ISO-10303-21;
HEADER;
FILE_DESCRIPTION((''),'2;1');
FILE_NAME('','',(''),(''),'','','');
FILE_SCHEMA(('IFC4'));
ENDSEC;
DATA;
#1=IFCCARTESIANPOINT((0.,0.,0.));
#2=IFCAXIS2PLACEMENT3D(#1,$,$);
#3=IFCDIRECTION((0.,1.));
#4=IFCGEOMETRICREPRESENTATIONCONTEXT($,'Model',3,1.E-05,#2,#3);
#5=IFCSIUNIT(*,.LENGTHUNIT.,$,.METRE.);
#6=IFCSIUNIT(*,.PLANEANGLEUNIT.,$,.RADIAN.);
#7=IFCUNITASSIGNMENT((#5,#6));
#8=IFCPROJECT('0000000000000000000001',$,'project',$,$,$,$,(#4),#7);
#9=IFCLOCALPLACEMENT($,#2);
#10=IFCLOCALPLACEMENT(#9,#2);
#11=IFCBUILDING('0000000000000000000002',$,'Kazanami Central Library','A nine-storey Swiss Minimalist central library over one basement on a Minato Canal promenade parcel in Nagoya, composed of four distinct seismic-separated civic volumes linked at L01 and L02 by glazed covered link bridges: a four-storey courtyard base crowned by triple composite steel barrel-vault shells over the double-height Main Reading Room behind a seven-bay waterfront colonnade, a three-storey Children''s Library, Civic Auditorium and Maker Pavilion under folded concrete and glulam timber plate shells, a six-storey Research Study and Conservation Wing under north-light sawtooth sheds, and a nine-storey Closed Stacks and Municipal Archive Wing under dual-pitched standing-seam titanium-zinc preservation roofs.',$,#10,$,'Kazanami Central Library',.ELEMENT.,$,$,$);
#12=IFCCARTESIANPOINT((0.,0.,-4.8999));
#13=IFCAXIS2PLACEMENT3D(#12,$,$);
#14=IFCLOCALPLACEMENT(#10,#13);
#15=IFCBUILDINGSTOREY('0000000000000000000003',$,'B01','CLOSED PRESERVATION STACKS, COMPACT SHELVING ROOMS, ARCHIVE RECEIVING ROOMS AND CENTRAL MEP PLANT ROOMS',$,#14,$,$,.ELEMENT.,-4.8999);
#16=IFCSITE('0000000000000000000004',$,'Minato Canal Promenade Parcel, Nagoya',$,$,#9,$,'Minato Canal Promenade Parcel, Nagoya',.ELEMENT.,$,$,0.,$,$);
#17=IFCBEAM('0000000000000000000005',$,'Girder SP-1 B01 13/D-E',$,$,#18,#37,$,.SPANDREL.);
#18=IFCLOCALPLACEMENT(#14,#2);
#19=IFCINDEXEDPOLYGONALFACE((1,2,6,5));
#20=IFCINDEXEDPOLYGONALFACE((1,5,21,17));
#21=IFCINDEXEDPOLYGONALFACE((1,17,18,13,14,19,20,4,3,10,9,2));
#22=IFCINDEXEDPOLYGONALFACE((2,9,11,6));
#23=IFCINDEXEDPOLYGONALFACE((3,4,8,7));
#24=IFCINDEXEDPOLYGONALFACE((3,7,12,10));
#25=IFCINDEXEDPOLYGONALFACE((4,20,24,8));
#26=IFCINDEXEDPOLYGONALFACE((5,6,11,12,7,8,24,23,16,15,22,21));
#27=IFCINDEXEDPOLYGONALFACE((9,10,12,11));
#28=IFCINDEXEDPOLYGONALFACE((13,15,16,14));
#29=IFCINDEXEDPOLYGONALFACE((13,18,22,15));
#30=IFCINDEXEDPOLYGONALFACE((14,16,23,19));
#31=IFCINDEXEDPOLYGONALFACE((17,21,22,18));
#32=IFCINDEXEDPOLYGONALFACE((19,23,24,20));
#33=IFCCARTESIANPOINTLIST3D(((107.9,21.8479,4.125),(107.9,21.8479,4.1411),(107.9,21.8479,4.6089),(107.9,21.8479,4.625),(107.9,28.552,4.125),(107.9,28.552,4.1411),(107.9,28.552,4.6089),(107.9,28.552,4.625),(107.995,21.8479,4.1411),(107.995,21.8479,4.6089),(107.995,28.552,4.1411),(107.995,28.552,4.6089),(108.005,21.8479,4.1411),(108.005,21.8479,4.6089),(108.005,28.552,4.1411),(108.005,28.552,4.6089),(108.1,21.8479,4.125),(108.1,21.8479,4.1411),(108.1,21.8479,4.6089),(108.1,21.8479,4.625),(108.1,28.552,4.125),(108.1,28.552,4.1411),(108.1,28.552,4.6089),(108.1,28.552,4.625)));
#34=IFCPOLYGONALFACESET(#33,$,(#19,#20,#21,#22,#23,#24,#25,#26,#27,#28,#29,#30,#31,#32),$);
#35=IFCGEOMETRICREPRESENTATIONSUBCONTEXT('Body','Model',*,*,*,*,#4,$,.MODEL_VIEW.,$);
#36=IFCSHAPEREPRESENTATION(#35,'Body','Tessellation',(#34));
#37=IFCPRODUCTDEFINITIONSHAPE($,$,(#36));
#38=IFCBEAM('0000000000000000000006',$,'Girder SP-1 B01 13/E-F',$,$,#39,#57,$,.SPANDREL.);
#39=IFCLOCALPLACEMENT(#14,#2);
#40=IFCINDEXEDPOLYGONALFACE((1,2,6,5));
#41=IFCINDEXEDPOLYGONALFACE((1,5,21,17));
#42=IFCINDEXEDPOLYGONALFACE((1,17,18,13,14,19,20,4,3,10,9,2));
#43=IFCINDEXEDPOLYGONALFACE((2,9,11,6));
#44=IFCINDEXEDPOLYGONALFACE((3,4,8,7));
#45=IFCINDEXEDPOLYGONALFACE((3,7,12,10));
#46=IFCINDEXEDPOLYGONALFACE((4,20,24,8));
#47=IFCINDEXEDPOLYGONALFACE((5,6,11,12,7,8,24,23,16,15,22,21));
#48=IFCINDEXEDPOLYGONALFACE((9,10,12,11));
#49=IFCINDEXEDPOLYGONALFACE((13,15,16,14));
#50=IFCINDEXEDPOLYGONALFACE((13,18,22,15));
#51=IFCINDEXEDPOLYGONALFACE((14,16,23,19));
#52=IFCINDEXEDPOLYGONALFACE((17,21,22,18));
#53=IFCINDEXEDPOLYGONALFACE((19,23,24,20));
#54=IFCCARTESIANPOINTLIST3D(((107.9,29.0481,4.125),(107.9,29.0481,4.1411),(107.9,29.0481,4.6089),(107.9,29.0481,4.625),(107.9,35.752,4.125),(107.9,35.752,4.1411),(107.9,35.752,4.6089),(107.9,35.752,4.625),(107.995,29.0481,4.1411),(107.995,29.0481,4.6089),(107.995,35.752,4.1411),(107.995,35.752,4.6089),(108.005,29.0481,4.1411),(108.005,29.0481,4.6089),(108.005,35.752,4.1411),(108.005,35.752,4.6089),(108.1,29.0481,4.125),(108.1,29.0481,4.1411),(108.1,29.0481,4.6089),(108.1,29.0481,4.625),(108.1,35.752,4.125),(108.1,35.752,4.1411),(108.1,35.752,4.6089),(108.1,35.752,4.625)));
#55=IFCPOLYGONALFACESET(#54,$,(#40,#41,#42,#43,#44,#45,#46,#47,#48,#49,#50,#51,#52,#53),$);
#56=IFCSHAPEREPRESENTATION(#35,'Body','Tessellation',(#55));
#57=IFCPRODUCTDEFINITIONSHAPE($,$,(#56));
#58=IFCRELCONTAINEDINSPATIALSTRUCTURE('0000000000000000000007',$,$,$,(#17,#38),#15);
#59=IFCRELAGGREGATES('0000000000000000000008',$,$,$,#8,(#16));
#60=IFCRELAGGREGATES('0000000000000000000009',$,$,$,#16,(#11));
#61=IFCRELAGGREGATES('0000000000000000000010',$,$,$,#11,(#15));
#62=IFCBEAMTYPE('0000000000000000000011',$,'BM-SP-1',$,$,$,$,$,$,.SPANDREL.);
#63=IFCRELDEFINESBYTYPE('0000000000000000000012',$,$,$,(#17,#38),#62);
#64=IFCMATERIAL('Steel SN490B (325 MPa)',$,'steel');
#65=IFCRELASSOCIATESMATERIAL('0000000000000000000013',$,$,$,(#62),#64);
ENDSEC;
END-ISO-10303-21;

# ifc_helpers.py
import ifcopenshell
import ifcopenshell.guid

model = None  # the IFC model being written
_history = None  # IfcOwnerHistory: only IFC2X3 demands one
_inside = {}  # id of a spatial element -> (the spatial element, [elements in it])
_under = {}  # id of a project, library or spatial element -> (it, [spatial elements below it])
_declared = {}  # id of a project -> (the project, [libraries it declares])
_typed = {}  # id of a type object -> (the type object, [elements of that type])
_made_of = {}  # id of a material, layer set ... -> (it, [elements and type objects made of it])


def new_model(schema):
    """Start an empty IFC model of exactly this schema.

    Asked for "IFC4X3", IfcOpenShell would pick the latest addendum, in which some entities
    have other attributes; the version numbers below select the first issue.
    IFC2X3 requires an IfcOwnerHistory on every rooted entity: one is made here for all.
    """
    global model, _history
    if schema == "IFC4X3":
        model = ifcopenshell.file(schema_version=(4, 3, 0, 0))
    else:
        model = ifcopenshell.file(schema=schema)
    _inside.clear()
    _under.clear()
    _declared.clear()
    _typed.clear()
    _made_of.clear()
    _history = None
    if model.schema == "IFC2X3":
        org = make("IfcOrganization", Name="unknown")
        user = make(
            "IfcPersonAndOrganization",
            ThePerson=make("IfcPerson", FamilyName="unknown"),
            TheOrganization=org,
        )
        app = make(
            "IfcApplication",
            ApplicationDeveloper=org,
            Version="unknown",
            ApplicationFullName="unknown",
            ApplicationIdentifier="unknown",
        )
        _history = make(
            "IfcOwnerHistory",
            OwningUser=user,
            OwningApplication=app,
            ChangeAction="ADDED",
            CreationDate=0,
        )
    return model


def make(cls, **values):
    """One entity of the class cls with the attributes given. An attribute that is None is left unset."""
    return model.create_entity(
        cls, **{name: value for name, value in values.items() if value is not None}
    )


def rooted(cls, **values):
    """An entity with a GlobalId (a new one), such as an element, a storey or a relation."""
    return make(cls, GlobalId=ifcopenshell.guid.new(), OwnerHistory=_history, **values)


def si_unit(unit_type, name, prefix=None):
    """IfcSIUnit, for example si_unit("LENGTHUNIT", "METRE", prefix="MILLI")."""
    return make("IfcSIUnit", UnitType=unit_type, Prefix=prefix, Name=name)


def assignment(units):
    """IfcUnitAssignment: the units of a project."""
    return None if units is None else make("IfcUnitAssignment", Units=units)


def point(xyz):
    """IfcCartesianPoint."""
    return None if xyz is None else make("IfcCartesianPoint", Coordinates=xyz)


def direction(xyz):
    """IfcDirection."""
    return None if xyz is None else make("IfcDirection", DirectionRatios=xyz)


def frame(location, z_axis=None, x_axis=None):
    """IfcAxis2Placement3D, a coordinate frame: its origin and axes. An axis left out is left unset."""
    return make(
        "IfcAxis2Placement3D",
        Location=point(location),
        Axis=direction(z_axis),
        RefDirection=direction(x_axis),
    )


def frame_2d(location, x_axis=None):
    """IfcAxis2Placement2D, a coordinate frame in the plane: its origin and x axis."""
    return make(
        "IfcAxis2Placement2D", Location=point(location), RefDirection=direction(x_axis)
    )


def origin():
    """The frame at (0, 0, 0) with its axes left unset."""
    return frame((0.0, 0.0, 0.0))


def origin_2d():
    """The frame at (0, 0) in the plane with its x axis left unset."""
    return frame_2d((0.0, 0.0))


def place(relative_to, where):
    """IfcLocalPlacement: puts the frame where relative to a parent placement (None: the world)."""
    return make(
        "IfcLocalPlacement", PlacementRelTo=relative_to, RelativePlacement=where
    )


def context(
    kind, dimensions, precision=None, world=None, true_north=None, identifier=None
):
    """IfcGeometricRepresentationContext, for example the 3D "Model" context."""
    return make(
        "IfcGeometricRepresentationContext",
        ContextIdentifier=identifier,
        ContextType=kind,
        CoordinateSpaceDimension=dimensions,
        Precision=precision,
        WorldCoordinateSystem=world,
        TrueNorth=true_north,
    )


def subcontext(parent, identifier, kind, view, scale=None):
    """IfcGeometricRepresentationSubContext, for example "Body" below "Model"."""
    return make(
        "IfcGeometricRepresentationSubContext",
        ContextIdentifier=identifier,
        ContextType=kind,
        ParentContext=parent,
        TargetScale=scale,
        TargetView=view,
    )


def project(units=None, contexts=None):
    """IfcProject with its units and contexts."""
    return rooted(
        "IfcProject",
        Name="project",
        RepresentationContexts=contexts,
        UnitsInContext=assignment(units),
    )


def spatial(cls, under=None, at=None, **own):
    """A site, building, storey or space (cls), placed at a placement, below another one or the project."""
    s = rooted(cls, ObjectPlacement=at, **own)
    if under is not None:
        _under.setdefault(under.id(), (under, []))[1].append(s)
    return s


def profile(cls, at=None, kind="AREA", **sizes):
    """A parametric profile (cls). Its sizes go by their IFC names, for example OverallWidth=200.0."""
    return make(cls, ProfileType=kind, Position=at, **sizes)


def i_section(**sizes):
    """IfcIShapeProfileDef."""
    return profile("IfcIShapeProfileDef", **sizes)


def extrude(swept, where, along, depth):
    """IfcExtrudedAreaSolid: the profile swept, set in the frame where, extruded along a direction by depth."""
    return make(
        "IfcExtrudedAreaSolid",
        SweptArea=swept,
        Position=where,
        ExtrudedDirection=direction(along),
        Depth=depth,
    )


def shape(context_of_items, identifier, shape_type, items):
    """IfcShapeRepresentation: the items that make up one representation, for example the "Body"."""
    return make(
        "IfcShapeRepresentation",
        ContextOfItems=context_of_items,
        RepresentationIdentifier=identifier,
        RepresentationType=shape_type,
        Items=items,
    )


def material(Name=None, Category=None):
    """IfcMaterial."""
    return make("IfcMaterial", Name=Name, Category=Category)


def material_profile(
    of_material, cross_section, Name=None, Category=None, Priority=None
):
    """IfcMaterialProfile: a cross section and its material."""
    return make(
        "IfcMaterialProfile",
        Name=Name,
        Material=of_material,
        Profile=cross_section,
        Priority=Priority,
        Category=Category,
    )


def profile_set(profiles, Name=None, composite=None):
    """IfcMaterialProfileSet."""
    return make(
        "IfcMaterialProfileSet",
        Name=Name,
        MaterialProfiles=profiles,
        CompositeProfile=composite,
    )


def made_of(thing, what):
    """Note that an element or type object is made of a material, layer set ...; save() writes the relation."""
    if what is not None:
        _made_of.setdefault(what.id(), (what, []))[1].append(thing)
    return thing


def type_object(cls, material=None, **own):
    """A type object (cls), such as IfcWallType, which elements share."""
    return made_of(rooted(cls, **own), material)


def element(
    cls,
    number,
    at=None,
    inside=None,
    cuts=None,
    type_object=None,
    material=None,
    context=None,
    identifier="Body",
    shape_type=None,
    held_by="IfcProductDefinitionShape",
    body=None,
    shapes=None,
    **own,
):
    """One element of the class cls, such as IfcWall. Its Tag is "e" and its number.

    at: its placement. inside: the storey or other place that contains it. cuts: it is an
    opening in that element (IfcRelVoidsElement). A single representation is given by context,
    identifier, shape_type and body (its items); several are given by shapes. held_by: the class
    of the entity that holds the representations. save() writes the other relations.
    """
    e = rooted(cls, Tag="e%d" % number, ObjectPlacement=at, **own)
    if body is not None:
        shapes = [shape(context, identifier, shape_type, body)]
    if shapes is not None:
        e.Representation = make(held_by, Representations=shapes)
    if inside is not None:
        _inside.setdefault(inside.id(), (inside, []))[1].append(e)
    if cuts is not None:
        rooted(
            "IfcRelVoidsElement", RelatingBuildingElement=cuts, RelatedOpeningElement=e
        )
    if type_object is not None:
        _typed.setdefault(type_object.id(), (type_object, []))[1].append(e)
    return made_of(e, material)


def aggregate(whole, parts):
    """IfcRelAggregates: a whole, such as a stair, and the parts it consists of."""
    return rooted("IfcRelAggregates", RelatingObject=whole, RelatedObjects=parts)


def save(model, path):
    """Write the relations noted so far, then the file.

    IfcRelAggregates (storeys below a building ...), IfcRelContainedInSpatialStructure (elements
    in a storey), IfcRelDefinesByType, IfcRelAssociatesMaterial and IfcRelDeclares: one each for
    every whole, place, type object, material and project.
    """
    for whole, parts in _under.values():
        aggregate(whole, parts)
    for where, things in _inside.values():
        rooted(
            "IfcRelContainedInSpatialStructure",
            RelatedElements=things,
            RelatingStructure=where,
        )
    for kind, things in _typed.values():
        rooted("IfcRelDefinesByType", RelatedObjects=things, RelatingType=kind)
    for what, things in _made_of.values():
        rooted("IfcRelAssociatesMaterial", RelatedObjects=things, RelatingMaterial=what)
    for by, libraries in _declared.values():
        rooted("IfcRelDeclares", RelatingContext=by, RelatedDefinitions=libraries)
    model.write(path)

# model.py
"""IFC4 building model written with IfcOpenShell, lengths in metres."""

from ifc_helpers import new_model, si_unit, direction, frame, origin, origin_2d, place, context, subcontext, project, spatial, i_section, extrude, material, material_profile, profile_set, type_object, element, save


model = new_model("IFC4")

# Units and contexts
model_context = context("Model", 3, precision=1e-05, world=origin(), true_north=direction((0.0, 1.0)))
body_context = subcontext(model_context, "Body", "Model", "MODEL_VIEW")
ifc_project = project(units=[si_unit("LENGTHUNIT", "METRE"), si_unit("PLANEANGLEUNIT", "RADIAN")], contexts=[model_context])

# Site, building, storey
site_placement = place(None, origin())
site = spatial("IfcSite", under=ifc_project, at=site_placement, Name="Minato Canal Promenade Parcel, Nagoya", LongName="Minato Canal Promenade Parcel, Nagoya", CompositionType="ELEMENT", RefElevation=0.0)
building_placement = place(site_placement, origin())
building = spatial("IfcBuilding", under=site, at=building_placement, Name="Kazanami Central Library", Description="A nine-storey Swiss Minimalist central library over one basement on a Minato Canal promenade parcel in Nagoya, composed of four distinct seismic-separated civic volumes linked at L01 and L02 by glazed covered link bridges: a four-storey courtyard base crowned by triple composite steel barrel-vault shells over the double-height Main Reading Room behind a seven-bay waterfront colonnade, a three-storey Children's Library, Civic Auditorium and Maker Pavilion under folded concrete and glulam timber plate shells, a six-storey Research Study and Conservation Wing under north-light sawtooth sheds, and a nine-storey Closed Stacks and Municipal Archive Wing under dual-pitched standing-seam titanium-zinc preservation roofs.", LongName="Kazanami Central Library", CompositionType="ELEMENT")
storey_placement = place(building_placement, frame((0.0, 0.0, -4.8999)))
storey = spatial("IfcBuildingStorey", under=building, at=storey_placement, Name="B01", Description="CLOSED PRESERVATION STACKS, COMPACT SHELVING ROOMS, ARCHIVE RECEIVING ROOMS AND CENTRAL MEP PLANT ROOMS", CompositionType="ELEMENT", Elevation=-4.8999)

# Beams
ifc_material_1 = material(Name="Steel SN490B (325 MPa)", Category="steel")
ifc_material_profile_1 = material_profile(ifc_material_1, i_section(OverallWidth=0.2, OverallDepth=0.5, WebThickness=0.01, FlangeThickness=0.0161, at=origin_2d()), Name="H-500x200x10x16")
ifc_profile_set_1 = profile_set([ifc_material_profile_1], Name="Steel SN490B (325 MPa)")
beam_type_1 = type_object("IfcBeamType", Name="BM-SP-1", PredefinedType="SPANDREL", material=ifc_profile_set_1)
for number, where, z_axis, x_axis, name in (
    (1, (108.0, 21.8479, 4.375), (0.0, 1.0, 0.0), (-1.0, 0.0, 0.0), "Girder SP-1 B01 13/D-E"),
):
    element("IfcBeam", number, at=place(storey_placement, frame(where, z_axis=z_axis, x_axis=x_axis)), inside=storey, type_object=beam_type_1, Name=name, PredefinedType="SPANDREL", context=body_context, shape_type="SweptSolid", body=[
        extrude(i_section(OverallWidth=0.2, OverallDepth=0.5, WebThickness=0.01, FlangeThickness=0.0161, at=origin_2d()), origin(), (0.0, 0.0, 1.0), 6.7041),
    ])
beam_1_placement = place(storey_placement, frame((108.0, 29.0481, 4.375), z_axis=(0.0, 1.0, 0.0), x_axis=(-1.0, 0.0, 0.0)))
element("IfcBeam", 2, at=beam_1_placement, inside=storey, type_object=beam_type_1, Name="Girder SP-1 B01 13/E-F", PredefinedType="SPANDREL", context=body_context, shape_type="SweptSolid", body=[
    extrude(i_section(OverallWidth=0.2, OverallDepth=0.5, WebThickness=0.01, FlangeThickness=0.0161, at=origin_2d()), origin(), (0.0, 0.0, 1.0), 6.7039),
])

save(model, "model.ifc")
